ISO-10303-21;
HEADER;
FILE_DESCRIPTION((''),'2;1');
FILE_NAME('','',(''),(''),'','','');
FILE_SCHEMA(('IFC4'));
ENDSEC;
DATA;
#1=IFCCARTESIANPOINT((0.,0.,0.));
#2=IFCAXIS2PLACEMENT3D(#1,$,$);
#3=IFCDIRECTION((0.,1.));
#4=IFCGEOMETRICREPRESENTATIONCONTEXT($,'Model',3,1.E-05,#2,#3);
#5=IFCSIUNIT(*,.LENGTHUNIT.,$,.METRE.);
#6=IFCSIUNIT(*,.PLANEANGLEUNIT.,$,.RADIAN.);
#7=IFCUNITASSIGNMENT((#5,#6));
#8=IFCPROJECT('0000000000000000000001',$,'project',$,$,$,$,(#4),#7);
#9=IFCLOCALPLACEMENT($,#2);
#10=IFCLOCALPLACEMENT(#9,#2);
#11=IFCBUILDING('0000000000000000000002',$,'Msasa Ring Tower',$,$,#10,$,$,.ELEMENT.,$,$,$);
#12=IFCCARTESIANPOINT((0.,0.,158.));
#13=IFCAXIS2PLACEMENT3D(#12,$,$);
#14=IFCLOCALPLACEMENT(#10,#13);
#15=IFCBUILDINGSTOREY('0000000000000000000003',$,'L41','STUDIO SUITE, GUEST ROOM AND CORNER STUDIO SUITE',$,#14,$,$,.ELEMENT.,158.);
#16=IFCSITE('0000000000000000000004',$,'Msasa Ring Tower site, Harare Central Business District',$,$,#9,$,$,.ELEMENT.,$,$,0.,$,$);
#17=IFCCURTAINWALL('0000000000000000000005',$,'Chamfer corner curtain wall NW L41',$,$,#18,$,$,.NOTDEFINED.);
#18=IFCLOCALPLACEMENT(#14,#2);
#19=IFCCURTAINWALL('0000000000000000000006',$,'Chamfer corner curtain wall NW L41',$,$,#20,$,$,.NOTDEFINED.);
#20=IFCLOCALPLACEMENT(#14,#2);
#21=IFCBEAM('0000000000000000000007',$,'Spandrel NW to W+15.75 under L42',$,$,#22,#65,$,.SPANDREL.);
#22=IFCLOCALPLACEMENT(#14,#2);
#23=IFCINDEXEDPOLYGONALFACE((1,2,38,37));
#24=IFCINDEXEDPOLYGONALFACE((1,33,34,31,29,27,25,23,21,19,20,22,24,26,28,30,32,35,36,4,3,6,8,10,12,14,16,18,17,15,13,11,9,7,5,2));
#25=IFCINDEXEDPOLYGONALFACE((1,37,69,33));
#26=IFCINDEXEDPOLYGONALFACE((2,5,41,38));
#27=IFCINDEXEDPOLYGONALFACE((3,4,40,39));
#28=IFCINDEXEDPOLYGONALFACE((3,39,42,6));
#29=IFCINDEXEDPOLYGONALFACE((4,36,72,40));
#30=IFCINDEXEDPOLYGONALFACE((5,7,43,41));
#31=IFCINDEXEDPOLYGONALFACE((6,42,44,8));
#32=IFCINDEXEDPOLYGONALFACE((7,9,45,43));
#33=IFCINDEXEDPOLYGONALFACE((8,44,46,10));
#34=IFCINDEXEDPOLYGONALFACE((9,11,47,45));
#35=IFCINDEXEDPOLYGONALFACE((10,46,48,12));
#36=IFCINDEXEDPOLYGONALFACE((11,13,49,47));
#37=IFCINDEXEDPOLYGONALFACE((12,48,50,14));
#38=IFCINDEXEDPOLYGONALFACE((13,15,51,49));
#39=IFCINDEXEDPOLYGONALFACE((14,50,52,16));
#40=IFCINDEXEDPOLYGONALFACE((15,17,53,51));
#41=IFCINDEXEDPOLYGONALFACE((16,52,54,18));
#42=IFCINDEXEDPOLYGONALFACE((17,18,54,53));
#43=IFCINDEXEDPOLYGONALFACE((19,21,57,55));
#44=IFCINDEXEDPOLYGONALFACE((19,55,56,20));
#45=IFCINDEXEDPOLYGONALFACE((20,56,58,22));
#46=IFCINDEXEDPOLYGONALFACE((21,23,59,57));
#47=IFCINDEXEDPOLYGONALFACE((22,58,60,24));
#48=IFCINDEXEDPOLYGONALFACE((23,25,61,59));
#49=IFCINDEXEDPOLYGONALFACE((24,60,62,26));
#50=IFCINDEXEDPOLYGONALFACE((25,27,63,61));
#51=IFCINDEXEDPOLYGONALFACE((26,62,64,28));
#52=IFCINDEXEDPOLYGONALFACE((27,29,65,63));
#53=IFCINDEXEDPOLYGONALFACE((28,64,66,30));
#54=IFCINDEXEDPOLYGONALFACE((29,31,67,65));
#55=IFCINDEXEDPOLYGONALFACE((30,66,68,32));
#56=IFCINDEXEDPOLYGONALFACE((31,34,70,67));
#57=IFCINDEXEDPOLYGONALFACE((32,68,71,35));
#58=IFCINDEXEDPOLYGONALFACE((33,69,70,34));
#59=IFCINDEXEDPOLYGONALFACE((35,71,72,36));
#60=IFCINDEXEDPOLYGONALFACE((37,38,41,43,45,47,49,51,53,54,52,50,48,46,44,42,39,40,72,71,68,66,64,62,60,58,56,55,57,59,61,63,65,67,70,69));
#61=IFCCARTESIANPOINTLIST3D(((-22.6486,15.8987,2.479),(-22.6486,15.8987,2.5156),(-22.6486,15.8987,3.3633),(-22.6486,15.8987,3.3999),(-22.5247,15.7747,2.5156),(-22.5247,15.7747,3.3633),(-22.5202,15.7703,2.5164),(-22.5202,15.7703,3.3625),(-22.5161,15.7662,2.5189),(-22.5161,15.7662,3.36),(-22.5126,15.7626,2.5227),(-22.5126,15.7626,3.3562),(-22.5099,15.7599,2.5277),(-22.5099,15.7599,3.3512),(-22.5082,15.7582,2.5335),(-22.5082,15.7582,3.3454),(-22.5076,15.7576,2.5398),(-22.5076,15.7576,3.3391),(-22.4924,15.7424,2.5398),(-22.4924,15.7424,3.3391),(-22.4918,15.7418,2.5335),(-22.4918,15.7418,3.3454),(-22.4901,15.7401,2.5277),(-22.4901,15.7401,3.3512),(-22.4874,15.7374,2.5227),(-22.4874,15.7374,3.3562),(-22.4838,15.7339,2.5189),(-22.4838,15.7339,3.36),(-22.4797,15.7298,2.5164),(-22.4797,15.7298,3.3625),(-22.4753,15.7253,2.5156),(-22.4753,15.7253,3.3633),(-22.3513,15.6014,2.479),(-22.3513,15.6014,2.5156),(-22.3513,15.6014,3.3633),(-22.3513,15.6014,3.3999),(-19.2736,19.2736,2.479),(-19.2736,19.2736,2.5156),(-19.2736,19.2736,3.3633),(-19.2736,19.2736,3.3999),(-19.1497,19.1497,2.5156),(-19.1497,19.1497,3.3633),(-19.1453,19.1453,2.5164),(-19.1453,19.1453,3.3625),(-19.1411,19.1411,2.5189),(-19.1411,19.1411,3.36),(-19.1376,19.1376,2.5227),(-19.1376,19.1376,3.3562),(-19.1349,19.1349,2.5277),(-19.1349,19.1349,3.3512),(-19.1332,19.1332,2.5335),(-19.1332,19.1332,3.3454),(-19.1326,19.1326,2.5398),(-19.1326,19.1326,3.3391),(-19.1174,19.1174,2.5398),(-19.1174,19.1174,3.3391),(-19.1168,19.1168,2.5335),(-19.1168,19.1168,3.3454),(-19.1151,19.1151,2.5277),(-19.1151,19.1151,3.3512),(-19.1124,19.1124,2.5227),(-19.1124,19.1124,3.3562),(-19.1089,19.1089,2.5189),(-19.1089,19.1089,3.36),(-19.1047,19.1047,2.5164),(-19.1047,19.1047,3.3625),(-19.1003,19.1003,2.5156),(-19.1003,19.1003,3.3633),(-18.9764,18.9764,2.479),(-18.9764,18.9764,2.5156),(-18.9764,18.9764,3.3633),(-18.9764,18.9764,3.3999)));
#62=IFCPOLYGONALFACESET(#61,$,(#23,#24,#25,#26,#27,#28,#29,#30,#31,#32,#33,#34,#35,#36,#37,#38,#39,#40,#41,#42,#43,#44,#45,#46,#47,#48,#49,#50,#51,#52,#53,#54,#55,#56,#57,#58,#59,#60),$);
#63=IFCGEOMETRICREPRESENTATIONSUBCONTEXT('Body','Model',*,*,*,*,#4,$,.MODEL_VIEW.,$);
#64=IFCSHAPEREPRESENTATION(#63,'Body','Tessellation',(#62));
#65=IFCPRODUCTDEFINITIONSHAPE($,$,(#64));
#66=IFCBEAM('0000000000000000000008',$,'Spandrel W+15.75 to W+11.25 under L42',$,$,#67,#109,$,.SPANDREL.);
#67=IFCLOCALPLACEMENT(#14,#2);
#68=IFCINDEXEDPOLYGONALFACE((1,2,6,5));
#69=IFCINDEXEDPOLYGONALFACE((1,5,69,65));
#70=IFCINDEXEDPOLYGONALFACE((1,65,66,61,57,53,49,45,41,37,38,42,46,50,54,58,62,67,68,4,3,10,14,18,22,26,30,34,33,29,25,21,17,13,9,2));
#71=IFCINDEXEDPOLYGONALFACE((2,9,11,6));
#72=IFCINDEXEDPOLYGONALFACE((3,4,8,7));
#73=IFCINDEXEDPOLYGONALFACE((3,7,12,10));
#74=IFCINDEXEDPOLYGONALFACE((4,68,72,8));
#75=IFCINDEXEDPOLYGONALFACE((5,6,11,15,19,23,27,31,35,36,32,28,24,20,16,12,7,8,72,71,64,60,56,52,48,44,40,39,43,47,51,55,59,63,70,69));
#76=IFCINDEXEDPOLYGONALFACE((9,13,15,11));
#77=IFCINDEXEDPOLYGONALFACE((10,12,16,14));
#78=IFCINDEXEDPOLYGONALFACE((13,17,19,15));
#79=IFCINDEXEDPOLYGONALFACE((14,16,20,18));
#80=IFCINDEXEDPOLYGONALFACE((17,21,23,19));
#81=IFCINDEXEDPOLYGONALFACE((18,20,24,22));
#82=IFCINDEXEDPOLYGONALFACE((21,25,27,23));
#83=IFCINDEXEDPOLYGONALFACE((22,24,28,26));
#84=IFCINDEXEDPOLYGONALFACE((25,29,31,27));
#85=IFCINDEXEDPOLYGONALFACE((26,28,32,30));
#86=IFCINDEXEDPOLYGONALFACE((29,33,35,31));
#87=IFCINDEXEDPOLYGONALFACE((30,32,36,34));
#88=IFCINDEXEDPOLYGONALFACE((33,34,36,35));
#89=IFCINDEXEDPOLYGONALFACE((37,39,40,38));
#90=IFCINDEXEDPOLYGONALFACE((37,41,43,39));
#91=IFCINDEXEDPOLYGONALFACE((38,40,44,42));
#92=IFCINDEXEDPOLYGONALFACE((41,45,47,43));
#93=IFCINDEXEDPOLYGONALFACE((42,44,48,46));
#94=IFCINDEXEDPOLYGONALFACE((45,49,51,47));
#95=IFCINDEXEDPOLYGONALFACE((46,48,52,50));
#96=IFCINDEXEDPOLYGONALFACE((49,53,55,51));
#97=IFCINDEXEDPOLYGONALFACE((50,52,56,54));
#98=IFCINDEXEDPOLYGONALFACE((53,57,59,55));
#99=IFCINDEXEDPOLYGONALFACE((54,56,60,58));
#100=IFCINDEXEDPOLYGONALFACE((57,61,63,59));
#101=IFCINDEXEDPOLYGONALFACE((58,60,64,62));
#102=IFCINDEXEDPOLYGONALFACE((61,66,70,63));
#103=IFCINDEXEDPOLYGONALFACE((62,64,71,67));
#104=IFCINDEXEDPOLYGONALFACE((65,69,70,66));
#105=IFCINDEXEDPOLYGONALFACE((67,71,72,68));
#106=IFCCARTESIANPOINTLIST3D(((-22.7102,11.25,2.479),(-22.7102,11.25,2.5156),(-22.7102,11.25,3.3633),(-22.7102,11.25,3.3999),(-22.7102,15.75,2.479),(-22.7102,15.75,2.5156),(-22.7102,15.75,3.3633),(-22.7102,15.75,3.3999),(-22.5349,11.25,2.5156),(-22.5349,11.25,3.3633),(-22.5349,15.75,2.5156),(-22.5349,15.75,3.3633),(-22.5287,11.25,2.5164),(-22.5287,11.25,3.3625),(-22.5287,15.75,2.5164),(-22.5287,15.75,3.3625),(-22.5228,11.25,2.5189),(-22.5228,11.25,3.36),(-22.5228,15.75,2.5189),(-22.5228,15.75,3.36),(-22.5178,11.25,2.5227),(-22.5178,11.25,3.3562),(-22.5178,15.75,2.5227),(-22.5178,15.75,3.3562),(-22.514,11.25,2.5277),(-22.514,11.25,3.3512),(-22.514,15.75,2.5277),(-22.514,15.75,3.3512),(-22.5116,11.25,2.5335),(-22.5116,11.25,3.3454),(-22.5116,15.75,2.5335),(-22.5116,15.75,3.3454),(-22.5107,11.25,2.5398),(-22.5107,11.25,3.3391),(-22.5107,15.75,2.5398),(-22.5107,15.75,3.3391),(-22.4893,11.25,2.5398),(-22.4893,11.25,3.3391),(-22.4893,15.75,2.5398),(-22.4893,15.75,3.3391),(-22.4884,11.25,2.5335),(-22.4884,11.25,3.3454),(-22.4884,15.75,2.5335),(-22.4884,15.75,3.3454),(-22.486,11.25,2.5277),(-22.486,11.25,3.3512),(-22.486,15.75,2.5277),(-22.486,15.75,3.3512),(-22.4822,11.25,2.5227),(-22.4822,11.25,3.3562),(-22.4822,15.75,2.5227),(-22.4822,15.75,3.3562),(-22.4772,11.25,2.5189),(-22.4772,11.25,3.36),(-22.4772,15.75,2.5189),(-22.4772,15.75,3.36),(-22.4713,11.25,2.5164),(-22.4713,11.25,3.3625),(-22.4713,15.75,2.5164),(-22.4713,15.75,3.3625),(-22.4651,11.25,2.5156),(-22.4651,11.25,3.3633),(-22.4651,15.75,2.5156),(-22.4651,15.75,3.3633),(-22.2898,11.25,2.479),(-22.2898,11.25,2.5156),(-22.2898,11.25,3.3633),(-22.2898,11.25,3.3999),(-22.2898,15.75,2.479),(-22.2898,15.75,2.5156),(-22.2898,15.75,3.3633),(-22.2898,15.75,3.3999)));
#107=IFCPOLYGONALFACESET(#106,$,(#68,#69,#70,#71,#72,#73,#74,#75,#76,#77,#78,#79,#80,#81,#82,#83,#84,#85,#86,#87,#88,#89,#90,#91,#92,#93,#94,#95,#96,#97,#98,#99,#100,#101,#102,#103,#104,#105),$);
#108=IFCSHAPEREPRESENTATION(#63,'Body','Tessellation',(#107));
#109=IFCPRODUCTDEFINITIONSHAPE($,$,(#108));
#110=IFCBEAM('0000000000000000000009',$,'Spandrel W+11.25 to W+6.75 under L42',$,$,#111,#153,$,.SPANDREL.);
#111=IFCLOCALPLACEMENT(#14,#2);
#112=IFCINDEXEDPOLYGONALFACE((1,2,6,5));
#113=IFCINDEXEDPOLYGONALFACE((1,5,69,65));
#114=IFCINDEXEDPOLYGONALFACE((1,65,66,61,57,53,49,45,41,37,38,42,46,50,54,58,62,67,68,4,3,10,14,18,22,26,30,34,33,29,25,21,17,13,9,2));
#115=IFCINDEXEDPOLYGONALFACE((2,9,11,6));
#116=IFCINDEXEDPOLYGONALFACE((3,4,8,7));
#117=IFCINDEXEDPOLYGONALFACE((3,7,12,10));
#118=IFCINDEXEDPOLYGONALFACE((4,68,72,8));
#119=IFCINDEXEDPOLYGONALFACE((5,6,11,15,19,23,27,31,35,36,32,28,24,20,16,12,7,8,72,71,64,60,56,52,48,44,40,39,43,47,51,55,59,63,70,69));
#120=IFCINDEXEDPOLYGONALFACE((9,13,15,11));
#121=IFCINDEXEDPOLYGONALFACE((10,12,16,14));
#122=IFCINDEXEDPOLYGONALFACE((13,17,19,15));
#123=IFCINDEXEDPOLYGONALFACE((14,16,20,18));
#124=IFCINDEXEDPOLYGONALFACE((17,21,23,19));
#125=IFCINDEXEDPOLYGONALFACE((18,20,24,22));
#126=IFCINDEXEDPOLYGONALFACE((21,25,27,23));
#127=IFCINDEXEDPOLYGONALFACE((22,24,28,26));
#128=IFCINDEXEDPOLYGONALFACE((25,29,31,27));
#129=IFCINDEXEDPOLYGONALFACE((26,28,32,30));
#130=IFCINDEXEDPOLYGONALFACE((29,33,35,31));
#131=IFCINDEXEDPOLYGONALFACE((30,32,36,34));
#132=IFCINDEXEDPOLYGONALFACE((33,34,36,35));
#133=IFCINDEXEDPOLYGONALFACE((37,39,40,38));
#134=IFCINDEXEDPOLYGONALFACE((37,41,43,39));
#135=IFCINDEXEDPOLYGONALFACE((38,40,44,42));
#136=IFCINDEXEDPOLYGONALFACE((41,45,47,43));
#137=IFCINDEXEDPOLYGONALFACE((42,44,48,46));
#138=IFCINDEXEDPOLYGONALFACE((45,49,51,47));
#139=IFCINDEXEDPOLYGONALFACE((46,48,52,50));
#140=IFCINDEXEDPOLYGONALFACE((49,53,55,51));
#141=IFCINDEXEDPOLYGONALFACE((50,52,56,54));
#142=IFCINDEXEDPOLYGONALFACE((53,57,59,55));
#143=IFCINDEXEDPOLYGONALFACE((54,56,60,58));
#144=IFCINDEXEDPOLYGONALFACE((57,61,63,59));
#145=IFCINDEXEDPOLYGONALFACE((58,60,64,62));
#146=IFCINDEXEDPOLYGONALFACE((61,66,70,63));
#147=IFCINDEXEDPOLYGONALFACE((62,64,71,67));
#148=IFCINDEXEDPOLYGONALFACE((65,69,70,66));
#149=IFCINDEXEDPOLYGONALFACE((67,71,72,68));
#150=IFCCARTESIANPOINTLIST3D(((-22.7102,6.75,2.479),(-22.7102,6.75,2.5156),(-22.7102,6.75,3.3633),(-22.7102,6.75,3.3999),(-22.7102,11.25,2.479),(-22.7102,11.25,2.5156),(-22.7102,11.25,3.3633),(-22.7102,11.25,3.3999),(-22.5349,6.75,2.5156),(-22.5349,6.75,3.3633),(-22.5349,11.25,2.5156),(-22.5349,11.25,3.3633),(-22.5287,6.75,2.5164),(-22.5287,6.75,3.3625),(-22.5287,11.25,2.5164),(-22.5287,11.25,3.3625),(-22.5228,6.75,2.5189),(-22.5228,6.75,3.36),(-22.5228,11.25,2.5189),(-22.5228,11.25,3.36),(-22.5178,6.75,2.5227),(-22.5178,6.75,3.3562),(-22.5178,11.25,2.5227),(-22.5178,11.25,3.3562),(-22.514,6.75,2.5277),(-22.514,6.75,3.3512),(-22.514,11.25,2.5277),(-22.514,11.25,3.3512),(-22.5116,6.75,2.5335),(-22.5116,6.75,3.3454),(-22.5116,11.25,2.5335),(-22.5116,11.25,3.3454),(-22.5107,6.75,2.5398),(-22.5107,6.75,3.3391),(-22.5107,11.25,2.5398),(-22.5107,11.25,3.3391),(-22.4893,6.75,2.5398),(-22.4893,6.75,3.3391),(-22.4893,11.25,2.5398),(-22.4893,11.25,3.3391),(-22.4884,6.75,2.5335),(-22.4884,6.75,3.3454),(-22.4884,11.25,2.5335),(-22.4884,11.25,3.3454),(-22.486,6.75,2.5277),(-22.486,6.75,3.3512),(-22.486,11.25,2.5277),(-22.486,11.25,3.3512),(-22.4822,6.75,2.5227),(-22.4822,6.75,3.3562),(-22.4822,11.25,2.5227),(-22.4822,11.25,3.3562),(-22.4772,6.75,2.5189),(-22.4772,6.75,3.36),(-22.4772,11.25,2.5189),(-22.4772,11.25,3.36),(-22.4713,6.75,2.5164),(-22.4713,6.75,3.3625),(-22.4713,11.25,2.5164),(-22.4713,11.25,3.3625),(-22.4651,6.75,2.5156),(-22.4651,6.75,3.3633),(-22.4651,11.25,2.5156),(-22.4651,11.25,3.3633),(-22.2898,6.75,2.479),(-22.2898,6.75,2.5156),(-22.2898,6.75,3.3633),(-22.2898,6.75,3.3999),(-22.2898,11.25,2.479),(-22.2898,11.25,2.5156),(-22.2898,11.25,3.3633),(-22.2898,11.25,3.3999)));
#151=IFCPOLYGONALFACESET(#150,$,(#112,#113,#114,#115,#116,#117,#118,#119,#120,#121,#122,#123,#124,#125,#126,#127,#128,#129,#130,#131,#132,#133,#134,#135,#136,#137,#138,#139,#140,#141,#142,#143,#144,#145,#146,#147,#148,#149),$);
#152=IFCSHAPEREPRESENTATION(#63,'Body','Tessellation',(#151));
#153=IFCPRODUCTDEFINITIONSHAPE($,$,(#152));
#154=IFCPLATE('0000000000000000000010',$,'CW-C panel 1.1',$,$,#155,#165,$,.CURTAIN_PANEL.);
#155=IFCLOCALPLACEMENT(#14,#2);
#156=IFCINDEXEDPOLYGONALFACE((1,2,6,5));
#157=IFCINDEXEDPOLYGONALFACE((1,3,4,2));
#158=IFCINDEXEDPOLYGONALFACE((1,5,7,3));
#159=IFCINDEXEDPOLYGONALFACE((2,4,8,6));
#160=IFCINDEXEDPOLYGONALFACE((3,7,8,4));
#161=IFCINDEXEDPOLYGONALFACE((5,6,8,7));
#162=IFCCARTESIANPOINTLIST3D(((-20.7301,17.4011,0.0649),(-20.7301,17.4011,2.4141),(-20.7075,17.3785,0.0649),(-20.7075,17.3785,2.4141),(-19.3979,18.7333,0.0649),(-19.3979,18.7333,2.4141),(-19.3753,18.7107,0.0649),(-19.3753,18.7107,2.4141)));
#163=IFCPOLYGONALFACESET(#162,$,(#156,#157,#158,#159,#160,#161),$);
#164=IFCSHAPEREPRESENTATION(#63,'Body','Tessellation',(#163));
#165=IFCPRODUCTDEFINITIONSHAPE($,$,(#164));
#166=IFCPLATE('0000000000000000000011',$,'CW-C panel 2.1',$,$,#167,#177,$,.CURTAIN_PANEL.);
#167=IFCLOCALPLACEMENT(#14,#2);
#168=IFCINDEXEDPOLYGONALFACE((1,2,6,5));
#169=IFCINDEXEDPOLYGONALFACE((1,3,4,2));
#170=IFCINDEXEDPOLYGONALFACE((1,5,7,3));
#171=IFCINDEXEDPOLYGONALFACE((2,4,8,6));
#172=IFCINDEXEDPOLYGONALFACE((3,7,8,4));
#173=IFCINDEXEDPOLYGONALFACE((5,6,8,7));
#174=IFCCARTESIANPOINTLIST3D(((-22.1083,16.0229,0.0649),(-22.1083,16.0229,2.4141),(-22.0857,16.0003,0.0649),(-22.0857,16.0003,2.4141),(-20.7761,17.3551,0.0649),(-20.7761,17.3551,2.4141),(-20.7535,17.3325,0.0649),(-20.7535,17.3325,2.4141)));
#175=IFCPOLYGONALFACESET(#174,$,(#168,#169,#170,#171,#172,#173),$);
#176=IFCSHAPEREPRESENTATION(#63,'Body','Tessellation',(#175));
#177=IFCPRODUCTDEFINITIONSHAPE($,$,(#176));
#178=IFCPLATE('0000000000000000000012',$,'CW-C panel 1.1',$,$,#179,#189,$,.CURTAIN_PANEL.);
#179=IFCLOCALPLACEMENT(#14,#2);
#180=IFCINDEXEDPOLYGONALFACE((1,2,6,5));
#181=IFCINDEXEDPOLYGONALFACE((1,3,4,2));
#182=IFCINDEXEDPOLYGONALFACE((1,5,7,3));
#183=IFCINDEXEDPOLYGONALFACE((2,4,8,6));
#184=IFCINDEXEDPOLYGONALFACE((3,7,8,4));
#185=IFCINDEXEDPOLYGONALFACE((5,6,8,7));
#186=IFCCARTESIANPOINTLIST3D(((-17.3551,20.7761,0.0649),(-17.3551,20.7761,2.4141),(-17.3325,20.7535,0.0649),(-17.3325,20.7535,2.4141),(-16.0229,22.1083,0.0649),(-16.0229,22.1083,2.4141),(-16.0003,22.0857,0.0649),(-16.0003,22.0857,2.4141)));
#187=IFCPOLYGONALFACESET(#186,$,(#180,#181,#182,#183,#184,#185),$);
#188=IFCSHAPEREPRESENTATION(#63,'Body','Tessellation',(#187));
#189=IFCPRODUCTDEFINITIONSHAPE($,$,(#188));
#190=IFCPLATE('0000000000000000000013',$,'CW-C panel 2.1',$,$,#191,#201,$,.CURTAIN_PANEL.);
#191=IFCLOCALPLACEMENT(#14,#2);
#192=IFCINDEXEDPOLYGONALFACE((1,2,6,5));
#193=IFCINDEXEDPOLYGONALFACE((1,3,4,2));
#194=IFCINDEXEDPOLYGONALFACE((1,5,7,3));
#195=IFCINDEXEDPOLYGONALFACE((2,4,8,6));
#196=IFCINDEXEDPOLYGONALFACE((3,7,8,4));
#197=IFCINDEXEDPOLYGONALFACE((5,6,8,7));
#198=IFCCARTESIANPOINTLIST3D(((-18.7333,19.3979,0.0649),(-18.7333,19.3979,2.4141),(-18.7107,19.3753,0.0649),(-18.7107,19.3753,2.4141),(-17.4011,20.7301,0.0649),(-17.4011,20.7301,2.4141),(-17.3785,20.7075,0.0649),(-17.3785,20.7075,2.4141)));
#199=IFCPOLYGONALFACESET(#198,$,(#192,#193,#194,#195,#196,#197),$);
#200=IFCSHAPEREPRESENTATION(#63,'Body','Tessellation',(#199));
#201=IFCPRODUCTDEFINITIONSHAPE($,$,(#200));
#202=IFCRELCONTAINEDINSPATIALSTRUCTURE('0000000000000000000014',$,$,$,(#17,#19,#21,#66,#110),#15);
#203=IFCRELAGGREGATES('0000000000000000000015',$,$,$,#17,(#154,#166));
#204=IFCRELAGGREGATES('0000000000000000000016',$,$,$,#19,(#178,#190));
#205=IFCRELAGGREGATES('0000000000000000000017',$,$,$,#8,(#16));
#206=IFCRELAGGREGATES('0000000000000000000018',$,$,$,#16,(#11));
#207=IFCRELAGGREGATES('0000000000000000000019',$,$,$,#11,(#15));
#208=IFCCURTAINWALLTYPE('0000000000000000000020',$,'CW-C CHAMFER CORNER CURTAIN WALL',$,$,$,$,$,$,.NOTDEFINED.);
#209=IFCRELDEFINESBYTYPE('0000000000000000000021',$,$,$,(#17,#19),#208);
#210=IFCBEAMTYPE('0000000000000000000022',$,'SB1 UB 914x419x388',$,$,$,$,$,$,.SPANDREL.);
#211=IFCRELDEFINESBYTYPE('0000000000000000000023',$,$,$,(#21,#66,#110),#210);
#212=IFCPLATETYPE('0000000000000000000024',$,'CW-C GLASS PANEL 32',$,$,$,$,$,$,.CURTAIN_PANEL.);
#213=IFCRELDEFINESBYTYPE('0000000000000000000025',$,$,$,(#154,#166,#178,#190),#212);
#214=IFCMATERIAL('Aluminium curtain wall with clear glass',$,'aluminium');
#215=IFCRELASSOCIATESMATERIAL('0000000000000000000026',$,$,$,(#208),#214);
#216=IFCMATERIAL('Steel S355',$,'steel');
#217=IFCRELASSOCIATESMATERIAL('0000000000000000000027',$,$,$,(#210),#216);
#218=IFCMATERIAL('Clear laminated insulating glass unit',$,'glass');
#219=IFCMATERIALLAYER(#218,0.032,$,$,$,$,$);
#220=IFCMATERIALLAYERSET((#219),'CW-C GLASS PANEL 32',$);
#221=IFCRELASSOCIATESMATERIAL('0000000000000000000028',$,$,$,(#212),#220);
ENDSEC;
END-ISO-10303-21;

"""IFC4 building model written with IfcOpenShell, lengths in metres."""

from ifc_helpers import new_model, si_unit, direction, frame, origin, origin_2d, place, context, subcontext, project, spatial, rectangle, i_section, extrude, material, layer, layer_set, material_profile, profile_set, type_object, element, aggregate, save


model = new_model("IFC4")

# Units and contexts
model_context = context("Model", 3, precision=1e-05, world=origin(), true_north=direction((0.0, 1.0)))
body_context = subcontext(model_context, "Body", "Model", "MODEL_VIEW")
ifc_project = project(units=[si_unit("LENGTHUNIT", "METRE"), si_unit("PLANEANGLEUNIT", "RADIAN")], contexts=[model_context])

# Site, building, storey
site_placement = place(None, origin())
site = spatial("IfcSite", under=ifc_project, at=site_placement, Name="Msasa Ring Tower site, Harare Central Business District", CompositionType="ELEMENT", RefElevation=0.0)
building_placement = place(site_placement, origin())
building = spatial("IfcBuilding", under=site, at=building_placement, Name="Msasa Ring Tower", CompositionType="ELEMENT")
storey_placement = place(building_placement, frame((0.0, 0.0, 158.0)))
storey = spatial("IfcBuildingStorey", under=building, at=storey_placement, Name="L41", Description="STUDIO SUITE, GUEST ROOM AND CORNER STUDIO SUITE", CompositionType="ELEMENT", Elevation=158.0)

# Curtain walls
ifc_material_1 = material(Name="Aluminium curtain wall with clear glass", Category="aluminium")
curtain_wall_type = type_object("IfcCurtainWallType", Name="CW-C CHAMFER CORNER CURTAIN WALL", PredefinedType="NOTDEFINED", material=ifc_material_1)
curtain_wall_1_placement = place(storey_placement, origin())
curtain_wall_1 = element("IfcCurtainWall", 1, at=curtain_wall_1_placement, inside=storey, type_object=curtain_wall_type, Name="Chamfer corner curtain wall NW L41", PredefinedType="NOTDEFINED")
curtain_wall_2_placement = place(storey_placement, origin())
curtain_wall_2 = element("IfcCurtainWall", 2, at=curtain_wall_2_placement, inside=storey, type_object=curtain_wall_type, Name="Chamfer corner curtain wall NW L41", PredefinedType="NOTDEFINED")

# Beams
ifc_material_2 = material(Name="Steel S355", Category="steel")
ifc_material_profile_1 = material_profile(ifc_material_2, i_section(OverallWidth=0.4204, OverallDepth=0.9209, WebThickness=0.0215, FlangeThickness=0.0366, FilletRadius=0.0242, at=origin_2d()), Name="UB 914x419x388")
ifc_profile_set_1 = profile_set([ifc_material_profile_1], Name="Steel S355")
beam_type = type_object("IfcBeamType", Name="SB1 UB 914x419x388", PredefinedType="SPANDREL", material=ifc_profile_set_1)
beam_placement = place(storey_placement, frame((-19.125, 19.125, 2.9395), z_axis=(-0.707107, -0.707107, 0.0), x_axis=(0.707107, -0.707107, 0.0)))
element("IfcBeam", 3, at=beam_placement, inside=storey, type_object=beam_type, Name="Spandrel NW to W+15.75 under L42", PredefinedType="SPANDREL", context=body_context, shape_type="SweptSolid", body=[
    extrude(i_section(OverallWidth=0.4204, OverallDepth=0.9209, WebThickness=0.0215, FlangeThickness=0.0366, FilletRadius=0.0242, at=origin_2d()), origin(), (0.0, 0.0, 1.0), 4.7729),
])
for number, where, z_axis, x_axis, name in (
    (4, (-22.5, 15.75, 2.9395), (0.0, -1.0, 0.0), (1.0, 0.0, 0.0), "Spandrel W+15.75 to W+11.25 under L42"),
    (5, (-22.5, 11.25, 2.9395), (0.0, -1.0, 0.0), (1.0, 0.0, 0.0), "Spandrel W+11.25 to W+6.75 under L42"),
):
    element("IfcBeam", number, at=place(storey_placement, frame(where, z_axis=z_axis, x_axis=x_axis)), inside=storey, type_object=beam_type, Name=name, PredefinedType="SPANDREL", context=body_context, shape_type="SweptSolid", body=[
        extrude(i_section(OverallWidth=0.4204, OverallDepth=0.9209, WebThickness=0.0215, FlangeThickness=0.0366, FilletRadius=0.0242, at=origin_2d()), origin(), (0.0, 0.0, 1.0), 4.5),
    ])

# Plates
ifc_material_3 = material(Name="Clear laminated insulating glass unit", Category="glass")
ifc_layer_1 = layer(ifc_material_3, 0.032)
ifc_layer_set_1 = layer_set([ifc_layer_1], Name="CW-C GLASS PANEL 32")
plate_type = type_object("IfcPlateType", Name="CW-C GLASS PANEL 32", PredefinedType="CURTAIN_PANEL", material=ifc_layer_set_1)
plate_1_placement = place(storey_placement, frame((-20.0527, 18.0559, 0.0649), z_axis=(0.0, 0.0, 1.0), x_axis=(-0.707107, -0.707107, 0.0)))
plate_1 = element("IfcPlate", 6, at=plate_1_placement, type_object=plate_type, Name="CW-C panel 1.1", PredefinedType="CURTAIN_PANEL", context=body_context, shape_type="SweptSolid", body=[
    extrude(rectangle(XDim=1.884, YDim=0.032, at=origin_2d()), origin(), (0.0, 0.0, 1.0), 2.3491),
])
plate_2_placement = place(storey_placement, frame((-21.4309, 16.6777, 0.0649), z_axis=(0.0, 0.0, 1.0), x_axis=(-0.707107, -0.707107, 0.0)))
plate_2 = element("IfcPlate", 7, at=plate_2_placement, type_object=plate_type, Name="CW-C panel 2.1", PredefinedType="CURTAIN_PANEL", context=body_context, shape_type="SweptSolid", body=[
    extrude(rectangle(XDim=1.884, YDim=0.032, at=origin_2d()), origin(), (0.0, 0.0, 1.0), 2.3491),
])
aggregate(curtain_wall_1, [plate_1, plate_2])
plate_3_placement = place(storey_placement, frame((-16.6777, 21.4309, 0.0649), z_axis=(0.0, 0.0, 1.0), x_axis=(-0.707107, -0.707107, 0.0)))
plate_3 = element("IfcPlate", 8, at=plate_3_placement, type_object=plate_type, Name="CW-C panel 1.1", PredefinedType="CURTAIN_PANEL", context=body_context, shape_type="SweptSolid", body=[
    extrude(rectangle(XDim=1.884, YDim=0.032, at=origin_2d()), origin(), (0.0, 0.0, 1.0), 2.3491),
])
plate_4_placement = place(storey_placement, frame((-18.0559, 20.0527, 0.0649), z_axis=(0.0, 0.0, 1.0), x_axis=(-0.707107, -0.707107, 0.0)))
plate_4 = element("IfcPlate", 9, at=plate_4_placement, type_object=plate_type, Name="CW-C panel 2.1", PredefinedType="CURTAIN_PANEL", context=body_context, shape_type="SweptSolid", body=[
    extrude(rectangle(XDim=1.884, YDim=0.032, at=origin_2d()), origin(), (0.0, 0.0, 1.0), 2.3491),
])
aggregate(curtain_wall_2, [plate_3, plate_4])

save(model, "model.ifc")
